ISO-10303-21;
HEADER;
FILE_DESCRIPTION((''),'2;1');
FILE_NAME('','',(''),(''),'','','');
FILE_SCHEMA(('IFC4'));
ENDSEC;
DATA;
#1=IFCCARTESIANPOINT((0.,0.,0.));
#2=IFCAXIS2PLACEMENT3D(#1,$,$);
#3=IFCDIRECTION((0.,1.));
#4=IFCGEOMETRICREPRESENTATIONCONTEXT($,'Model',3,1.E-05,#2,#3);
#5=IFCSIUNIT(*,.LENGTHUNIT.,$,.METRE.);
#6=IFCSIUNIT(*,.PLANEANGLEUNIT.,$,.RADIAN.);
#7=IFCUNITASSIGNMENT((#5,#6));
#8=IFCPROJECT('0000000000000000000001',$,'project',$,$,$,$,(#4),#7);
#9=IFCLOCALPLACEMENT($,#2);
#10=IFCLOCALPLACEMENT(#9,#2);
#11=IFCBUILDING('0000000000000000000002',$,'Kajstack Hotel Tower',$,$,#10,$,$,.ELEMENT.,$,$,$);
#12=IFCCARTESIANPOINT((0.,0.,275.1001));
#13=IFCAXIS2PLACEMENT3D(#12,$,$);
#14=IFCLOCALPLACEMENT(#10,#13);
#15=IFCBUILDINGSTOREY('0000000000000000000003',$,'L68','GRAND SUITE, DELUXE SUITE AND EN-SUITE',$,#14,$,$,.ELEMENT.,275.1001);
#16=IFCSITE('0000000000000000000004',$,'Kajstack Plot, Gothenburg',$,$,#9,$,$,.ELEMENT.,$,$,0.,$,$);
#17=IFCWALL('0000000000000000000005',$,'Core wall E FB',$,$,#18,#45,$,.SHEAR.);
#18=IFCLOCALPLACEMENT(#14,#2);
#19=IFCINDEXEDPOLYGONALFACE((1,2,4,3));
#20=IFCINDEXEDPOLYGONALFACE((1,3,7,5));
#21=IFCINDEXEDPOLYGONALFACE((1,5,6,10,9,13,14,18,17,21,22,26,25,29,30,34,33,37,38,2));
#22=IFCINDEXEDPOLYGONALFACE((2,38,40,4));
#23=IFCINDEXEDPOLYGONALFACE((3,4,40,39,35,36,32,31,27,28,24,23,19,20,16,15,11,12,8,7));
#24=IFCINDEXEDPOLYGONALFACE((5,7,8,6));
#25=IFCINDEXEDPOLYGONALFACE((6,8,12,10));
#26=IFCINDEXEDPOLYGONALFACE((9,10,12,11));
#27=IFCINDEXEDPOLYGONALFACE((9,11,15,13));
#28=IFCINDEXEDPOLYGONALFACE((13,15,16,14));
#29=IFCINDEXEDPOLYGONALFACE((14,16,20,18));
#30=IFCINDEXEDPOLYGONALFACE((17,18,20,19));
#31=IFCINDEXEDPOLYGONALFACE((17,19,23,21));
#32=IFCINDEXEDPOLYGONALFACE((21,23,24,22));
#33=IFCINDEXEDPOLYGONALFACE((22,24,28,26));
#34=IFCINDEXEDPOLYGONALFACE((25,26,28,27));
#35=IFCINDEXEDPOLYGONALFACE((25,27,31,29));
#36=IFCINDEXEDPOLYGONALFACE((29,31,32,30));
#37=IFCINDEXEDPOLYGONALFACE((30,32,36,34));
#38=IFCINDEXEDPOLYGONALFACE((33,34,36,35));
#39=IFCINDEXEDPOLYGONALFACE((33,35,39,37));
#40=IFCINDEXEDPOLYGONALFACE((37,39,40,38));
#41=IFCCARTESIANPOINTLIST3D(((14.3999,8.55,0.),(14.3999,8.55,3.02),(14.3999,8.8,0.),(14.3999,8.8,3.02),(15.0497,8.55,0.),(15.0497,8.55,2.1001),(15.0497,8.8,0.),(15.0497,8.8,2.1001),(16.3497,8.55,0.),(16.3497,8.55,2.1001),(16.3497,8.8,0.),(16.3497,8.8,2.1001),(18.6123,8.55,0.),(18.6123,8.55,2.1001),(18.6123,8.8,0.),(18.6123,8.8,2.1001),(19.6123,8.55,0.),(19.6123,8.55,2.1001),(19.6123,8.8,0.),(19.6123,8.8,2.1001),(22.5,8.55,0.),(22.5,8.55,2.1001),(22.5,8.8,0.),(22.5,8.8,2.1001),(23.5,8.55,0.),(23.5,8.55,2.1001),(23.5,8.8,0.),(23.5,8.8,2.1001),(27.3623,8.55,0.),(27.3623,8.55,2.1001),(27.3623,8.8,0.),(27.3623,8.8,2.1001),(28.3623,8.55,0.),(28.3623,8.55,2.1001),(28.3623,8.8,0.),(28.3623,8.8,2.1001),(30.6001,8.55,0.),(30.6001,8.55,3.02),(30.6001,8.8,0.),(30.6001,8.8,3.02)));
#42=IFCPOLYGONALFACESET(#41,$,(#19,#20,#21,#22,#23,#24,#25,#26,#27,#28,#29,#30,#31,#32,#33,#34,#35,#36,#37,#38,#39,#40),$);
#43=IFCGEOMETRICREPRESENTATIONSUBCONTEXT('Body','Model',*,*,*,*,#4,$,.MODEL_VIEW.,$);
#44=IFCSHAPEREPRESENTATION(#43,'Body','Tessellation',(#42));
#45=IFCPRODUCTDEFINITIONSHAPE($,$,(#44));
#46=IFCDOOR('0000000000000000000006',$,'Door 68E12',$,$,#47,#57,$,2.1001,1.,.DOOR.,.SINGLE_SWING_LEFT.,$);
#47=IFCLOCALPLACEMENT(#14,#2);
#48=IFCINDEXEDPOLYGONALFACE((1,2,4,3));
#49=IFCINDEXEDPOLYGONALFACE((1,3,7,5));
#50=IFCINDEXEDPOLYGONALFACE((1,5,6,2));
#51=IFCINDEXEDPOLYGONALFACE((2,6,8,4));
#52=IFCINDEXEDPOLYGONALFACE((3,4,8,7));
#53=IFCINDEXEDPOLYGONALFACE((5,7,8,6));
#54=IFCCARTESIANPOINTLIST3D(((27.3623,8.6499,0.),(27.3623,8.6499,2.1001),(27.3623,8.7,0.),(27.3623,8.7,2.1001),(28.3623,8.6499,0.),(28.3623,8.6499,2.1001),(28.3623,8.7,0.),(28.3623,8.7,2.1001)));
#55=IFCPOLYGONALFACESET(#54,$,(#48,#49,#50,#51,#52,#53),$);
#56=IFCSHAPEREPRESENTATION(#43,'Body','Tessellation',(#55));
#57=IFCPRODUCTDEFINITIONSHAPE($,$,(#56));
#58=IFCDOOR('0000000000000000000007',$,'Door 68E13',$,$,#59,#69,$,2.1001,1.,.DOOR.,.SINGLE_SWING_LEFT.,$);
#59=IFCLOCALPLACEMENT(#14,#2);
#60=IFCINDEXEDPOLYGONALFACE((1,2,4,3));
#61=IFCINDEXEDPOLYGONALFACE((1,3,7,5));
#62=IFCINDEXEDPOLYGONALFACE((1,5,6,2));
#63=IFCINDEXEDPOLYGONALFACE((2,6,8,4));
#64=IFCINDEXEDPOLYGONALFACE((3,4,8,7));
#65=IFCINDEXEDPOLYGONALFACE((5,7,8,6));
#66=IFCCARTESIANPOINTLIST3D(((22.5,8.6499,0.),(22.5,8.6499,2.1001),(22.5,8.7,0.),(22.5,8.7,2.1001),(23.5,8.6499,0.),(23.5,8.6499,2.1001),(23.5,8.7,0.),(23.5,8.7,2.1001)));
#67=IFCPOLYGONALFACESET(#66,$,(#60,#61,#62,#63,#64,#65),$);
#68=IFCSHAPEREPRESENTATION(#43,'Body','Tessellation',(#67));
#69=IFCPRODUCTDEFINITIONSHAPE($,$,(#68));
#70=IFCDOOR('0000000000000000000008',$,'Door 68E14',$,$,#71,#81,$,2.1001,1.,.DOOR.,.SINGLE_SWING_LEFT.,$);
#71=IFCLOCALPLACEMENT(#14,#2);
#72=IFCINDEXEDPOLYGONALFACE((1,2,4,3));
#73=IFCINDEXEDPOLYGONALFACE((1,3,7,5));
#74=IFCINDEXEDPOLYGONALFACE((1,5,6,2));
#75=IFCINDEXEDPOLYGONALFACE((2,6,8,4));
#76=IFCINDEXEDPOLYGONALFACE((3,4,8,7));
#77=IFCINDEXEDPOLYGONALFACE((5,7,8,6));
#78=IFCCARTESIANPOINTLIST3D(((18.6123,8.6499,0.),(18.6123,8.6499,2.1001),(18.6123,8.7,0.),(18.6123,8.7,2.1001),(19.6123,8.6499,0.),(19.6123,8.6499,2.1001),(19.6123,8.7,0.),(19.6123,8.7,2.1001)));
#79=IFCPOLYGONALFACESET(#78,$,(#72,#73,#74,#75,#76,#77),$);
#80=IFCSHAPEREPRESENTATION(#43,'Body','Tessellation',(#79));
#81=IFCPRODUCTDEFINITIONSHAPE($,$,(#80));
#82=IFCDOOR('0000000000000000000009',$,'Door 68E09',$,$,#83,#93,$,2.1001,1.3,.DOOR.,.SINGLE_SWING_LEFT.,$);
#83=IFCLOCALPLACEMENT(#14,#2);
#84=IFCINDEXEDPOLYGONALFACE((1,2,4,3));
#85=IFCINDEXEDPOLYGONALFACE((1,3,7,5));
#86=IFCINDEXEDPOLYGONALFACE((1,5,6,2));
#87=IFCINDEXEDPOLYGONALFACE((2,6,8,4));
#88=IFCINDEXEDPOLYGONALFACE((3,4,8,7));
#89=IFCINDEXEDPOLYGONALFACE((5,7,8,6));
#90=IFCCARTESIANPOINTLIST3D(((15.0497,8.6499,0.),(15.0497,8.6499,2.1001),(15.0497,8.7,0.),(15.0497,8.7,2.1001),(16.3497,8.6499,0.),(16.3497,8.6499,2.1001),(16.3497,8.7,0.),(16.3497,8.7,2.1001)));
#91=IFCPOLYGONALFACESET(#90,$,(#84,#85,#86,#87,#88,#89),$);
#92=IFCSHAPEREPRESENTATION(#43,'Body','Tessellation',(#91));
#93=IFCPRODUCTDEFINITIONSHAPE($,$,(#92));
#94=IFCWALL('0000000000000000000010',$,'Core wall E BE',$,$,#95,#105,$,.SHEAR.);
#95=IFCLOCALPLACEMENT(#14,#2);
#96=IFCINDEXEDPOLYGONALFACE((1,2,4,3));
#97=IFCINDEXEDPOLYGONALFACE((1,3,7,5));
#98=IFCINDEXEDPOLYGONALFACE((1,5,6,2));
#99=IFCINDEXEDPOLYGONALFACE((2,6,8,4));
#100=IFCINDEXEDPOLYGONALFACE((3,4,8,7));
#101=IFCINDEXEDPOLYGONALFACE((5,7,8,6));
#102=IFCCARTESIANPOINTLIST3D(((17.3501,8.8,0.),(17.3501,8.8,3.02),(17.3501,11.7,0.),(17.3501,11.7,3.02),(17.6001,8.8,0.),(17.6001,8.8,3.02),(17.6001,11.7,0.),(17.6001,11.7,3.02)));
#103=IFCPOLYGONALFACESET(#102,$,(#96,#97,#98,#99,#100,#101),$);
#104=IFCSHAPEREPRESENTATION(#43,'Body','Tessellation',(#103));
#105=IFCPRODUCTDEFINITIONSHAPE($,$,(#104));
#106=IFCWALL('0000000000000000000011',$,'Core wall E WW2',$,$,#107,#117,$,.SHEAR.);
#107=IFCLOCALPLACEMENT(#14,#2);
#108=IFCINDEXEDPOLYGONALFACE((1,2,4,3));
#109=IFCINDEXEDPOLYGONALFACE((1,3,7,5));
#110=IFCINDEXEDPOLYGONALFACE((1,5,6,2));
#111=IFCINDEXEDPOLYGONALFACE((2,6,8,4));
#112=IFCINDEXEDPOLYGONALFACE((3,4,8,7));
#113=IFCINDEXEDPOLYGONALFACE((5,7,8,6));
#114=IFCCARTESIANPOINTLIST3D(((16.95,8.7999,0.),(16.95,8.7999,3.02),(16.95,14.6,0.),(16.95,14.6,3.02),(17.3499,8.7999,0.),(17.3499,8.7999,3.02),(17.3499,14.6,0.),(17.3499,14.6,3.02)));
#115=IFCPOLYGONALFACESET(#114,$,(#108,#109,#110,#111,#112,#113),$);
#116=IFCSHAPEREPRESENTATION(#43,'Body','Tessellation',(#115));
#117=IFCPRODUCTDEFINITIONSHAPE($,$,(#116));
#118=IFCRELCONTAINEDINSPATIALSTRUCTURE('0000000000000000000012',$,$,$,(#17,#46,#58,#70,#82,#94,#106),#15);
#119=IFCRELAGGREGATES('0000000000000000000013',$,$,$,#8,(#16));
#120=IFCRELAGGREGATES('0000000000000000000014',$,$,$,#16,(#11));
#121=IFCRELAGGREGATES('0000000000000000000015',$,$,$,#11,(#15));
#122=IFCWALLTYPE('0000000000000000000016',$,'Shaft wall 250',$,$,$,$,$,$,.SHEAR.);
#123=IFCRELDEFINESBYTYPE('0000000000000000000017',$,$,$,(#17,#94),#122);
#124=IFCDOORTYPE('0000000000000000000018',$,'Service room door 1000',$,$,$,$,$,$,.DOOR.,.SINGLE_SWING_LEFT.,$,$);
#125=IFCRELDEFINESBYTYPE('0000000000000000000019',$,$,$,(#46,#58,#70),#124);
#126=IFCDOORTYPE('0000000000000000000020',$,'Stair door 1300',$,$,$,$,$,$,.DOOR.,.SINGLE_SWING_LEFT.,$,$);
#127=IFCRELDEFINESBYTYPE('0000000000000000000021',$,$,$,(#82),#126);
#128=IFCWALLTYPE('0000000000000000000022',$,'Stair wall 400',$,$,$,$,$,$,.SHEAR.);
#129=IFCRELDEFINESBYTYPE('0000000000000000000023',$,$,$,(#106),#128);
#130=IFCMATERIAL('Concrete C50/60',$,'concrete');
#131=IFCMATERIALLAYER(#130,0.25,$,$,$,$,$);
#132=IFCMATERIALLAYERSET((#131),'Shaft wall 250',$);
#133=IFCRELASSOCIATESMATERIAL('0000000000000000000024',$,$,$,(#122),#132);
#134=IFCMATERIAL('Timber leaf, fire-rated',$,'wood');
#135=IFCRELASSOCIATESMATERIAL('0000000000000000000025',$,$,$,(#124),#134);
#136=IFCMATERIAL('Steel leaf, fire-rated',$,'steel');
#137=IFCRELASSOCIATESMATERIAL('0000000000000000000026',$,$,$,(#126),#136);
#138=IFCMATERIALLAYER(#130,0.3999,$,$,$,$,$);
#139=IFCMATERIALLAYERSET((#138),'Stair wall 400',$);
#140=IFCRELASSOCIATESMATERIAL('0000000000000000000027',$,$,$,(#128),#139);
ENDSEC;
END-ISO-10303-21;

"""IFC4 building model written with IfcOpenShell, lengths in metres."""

from ifc_helpers import new_model, si_unit, direction, frame, frame_2d, origin, place, context, subcontext, project, spatial, rectangle, extrude, material, layer, layer_set, type_object, element, fill, save


model = new_model("IFC4")

# Units and contexts
model_context = context("Model", 3, precision=1e-05, world=origin(), true_north=direction((0.0, 1.0)))
body_context = subcontext(model_context, "Body", "Model", "MODEL_VIEW")
ifc_project = project(units=[si_unit("LENGTHUNIT", "METRE"), si_unit("PLANEANGLEUNIT", "RADIAN")], contexts=[model_context])

# Site, building, storey
site_placement = place(None, origin())
site = spatial("IfcSite", under=ifc_project, at=site_placement, Name="Kajstack Plot, Gothenburg", CompositionType="ELEMENT", RefElevation=0.0)
building_placement = place(site_placement, origin())
building = spatial("IfcBuilding", under=site, at=building_placement, Name="Kajstack Hotel Tower", CompositionType="ELEMENT")
storey_placement = place(building_placement, frame((0.0, 0.0, 275.1001)))
storey = spatial("IfcBuildingStorey", under=building, at=storey_placement, Name="L68", Description="GRAND SUITE, DELUXE SUITE AND EN-SUITE", CompositionType="ELEMENT", Elevation=275.1001)

# Wall, openings, doors
ifc_material_1 = material(Name="Concrete C50/60", Category="concrete")
ifc_layer_1 = layer(ifc_material_1, 0.25)
ifc_layer_set_1 = layer_set([ifc_layer_1], Name="Shaft wall 250")
wall_type_1 = type_object("IfcWallType", Name="Shaft wall 250", PredefinedType="SHEAR", material=ifc_layer_set_1)
ifc_material_2 = material(Name="Timber leaf, fire-rated", Category="wood")
door_type_1 = type_object("IfcDoorType", Name="Service room door 1000", OperationType="SINGLE_SWING_LEFT", PredefinedType="DOOR", material=ifc_material_2)
wall_1_placement = place(storey_placement, frame((14.3999, 8.675, 0.0), z_axis=(0.0, 0.0, 1.0), x_axis=(1.0, 0.0, 0.0)))
wall_1 = element("IfcWall", 1, at=wall_1_placement, inside=storey, type_object=wall_type_1, Name="Core wall E FB", PredefinedType="SHEAR", context=body_context, shape_type="SweptSolid", body=[
    extrude(rectangle(XDim=16.2002, YDim=0.25, at=frame_2d((8.1001, 0.0))), origin(), (0.0, 0.0, 1.0), 3.02),
])
opening_1_placement = place(wall_1_placement, frame((0.6499, 0.0, 0.0)))
opening_1 = element("IfcOpeningElement", 2, at=opening_1_placement, cuts=wall_1, PredefinedType="OPENING", context=body_context, shape_type="SweptSolid", body=[
    extrude(rectangle(XDim=1.3, YDim=2.1001, at=frame_2d((0.6499, 1.05))), frame((0.0, 0.135, 0.0), z_axis=(0.0, -1.0, 0.0), x_axis=(1.0, 0.0, 0.0)), (0.0, 0.0, 1.0), 0.27),
])
opening_2_placement = place(wall_1_placement, frame((12.9624, 0.0, 0.0)))
opening_2 = element("IfcOpeningElement", 3, at=opening_2_placement, cuts=wall_1, PredefinedType="OPENING", context=body_context, shape_type="SweptSolid", body=[
    extrude(rectangle(XDim=1.0, YDim=2.1001, at=frame_2d((0.5, 1.05))), frame((0.0, 0.135, 0.0), z_axis=(0.0, -1.0, 0.0), x_axis=(1.0, 0.0, 0.0)), (0.0, 0.0, 1.0), 0.27),
])
opening_3_placement = place(wall_1_placement, frame((8.1001, 0.0, 0.0)))
opening_3 = element("IfcOpeningElement", 4, at=opening_3_placement, cuts=wall_1, PredefinedType="OPENING", context=body_context, shape_type="SweptSolid", body=[
    extrude(rectangle(XDim=1.0, YDim=2.1001, at=frame_2d((0.5, 1.05))), frame((0.0, 0.135, 0.0), z_axis=(0.0, -1.0, 0.0), x_axis=(1.0, 0.0, 0.0)), (0.0, 0.0, 1.0), 0.27),
])
opening_4_placement = place(wall_1_placement, frame((4.2124, 0.0, 0.0)))
opening_4 = element("IfcOpeningElement", 5, at=opening_4_placement, cuts=wall_1, PredefinedType="OPENING", context=body_context, shape_type="SweptSolid", body=[
    extrude(rectangle(XDim=1.0, YDim=2.1001, at=frame_2d((0.5, 1.05))), frame((0.0, 0.135, 0.0), z_axis=(0.0, -1.0, 0.0), x_axis=(1.0, 0.0, 0.0)), (0.0, 0.0, 1.0), 0.27),
])
door_1_placement = place(opening_2_placement, origin())
door_1 = element("IfcDoor", 6, at=door_1_placement, inside=storey, type_object=door_type_1, Name="Door 68E12", OperationType="SINGLE_SWING_LEFT", OverallHeight=2.1001, OverallWidth=1.0, PredefinedType="DOOR", context=body_context, shape_type="SweptSolid", body=[
    extrude(rectangle(XDim=1.0, YDim=2.1001, at=frame_2d((0.5, 1.05))), frame((0.0, 0.0249, 0.0), z_axis=(0.0, -1.0, 0.0), x_axis=(1.0, 0.0, 0.0)), (0.0, 0.0, 1.0), 0.05),
])
fill(opening_2, door_1)
door_2_placement = place(opening_3_placement, origin())
door_2 = element("IfcDoor", 7, at=door_2_placement, inside=storey, type_object=door_type_1, Name="Door 68E13", OperationType="SINGLE_SWING_LEFT", OverallHeight=2.1001, OverallWidth=1.0, PredefinedType="DOOR", context=body_context, shape_type="SweptSolid", body=[
    extrude(rectangle(XDim=1.0, YDim=2.1001, at=frame_2d((0.5, 1.05))), frame((0.0, 0.0249, 0.0), z_axis=(0.0, -1.0, 0.0), x_axis=(1.0, 0.0, 0.0)), (0.0, 0.0, 1.0), 0.05),
])
fill(opening_3, door_2)
door_3_placement = place(opening_4_placement, origin())
door_3 = element("IfcDoor", 8, at=door_3_placement, inside=storey, type_object=door_type_1, Name="Door 68E14", OperationType="SINGLE_SWING_LEFT", OverallHeight=2.1001, OverallWidth=1.0, PredefinedType="DOOR", context=body_context, shape_type="SweptSolid", body=[
    extrude(rectangle(XDim=1.0, YDim=2.1001, at=frame_2d((0.5, 1.05))), frame((0.0, 0.0249, 0.0), z_axis=(0.0, -1.0, 0.0), x_axis=(1.0, 0.0, 0.0)), (0.0, 0.0, 1.0), 0.05),
])
fill(opening_4, door_3)
ifc_material_3 = material(Name="Steel leaf, fire-rated", Category="steel")
door_type_2 = type_object("IfcDoorType", Name="Stair door 1300", OperationType="SINGLE_SWING_LEFT", PredefinedType="DOOR", material=ifc_material_3)
door_4_placement = place(opening_1_placement, origin())
door_4 = element("IfcDoor", 9, at=door_4_placement, inside=storey, type_object=door_type_2, Name="Door 68E09", OperationType="SINGLE_SWING_LEFT", OverallHeight=2.1001, OverallWidth=1.3, PredefinedType="DOOR", context=body_context, shape_type="SweptSolid", body=[
    extrude(rectangle(XDim=1.3, YDim=2.1001, at=frame_2d((0.6499, 1.05))), frame((0.0, 0.0249, 0.0), z_axis=(0.0, -1.0, 0.0), x_axis=(1.0, 0.0, 0.0)), (0.0, 0.0, 1.0), 0.05),
])
fill(opening_1, door_4)

# Walls
wall_2_placement = place(storey_placement, frame((17.4751, 8.8, 0.0), z_axis=(0.0, 0.0, 1.0), x_axis=(0.0, 1.0, 0.0)))
element("IfcWall", 10, at=wall_2_placement, inside=storey, type_object=wall_type_1, Name="Core wall E BE", PredefinedType="SHEAR", context=body_context, shape_type="SweptSolid", body=[
    extrude(rectangle(XDim=2.8999, YDim=0.25, at=frame_2d((1.45, 0.0))), origin(), (0.0, 0.0, 1.0), 3.02),
])
ifc_layer_2 = layer(ifc_material_1, 0.3999)
ifc_layer_set_2 = layer_set([ifc_layer_2], Name="Stair wall 400")
wall_type_2 = type_object("IfcWallType", Name="Stair wall 400", PredefinedType="SHEAR", material=ifc_layer_set_2)
wall_3_placement = place(storey_placement, frame((17.1499, 8.8, 0.0), z_axis=(0.0, 0.0, 1.0), x_axis=(0.0, 1.0, 0.0)))
element("IfcWall", 11, at=wall_3_placement, inside=storey, type_object=wall_type_2, Name="Core wall E WW2", PredefinedType="SHEAR", context=body_context, shape_type="SweptSolid", body=[
    extrude(rectangle(XDim=5.8, YDim=0.3999, at=frame_2d((2.8999, 0.0))), origin(), (0.0, 0.0, 1.0), 3.02),
])

save(model, "model.ifc")
